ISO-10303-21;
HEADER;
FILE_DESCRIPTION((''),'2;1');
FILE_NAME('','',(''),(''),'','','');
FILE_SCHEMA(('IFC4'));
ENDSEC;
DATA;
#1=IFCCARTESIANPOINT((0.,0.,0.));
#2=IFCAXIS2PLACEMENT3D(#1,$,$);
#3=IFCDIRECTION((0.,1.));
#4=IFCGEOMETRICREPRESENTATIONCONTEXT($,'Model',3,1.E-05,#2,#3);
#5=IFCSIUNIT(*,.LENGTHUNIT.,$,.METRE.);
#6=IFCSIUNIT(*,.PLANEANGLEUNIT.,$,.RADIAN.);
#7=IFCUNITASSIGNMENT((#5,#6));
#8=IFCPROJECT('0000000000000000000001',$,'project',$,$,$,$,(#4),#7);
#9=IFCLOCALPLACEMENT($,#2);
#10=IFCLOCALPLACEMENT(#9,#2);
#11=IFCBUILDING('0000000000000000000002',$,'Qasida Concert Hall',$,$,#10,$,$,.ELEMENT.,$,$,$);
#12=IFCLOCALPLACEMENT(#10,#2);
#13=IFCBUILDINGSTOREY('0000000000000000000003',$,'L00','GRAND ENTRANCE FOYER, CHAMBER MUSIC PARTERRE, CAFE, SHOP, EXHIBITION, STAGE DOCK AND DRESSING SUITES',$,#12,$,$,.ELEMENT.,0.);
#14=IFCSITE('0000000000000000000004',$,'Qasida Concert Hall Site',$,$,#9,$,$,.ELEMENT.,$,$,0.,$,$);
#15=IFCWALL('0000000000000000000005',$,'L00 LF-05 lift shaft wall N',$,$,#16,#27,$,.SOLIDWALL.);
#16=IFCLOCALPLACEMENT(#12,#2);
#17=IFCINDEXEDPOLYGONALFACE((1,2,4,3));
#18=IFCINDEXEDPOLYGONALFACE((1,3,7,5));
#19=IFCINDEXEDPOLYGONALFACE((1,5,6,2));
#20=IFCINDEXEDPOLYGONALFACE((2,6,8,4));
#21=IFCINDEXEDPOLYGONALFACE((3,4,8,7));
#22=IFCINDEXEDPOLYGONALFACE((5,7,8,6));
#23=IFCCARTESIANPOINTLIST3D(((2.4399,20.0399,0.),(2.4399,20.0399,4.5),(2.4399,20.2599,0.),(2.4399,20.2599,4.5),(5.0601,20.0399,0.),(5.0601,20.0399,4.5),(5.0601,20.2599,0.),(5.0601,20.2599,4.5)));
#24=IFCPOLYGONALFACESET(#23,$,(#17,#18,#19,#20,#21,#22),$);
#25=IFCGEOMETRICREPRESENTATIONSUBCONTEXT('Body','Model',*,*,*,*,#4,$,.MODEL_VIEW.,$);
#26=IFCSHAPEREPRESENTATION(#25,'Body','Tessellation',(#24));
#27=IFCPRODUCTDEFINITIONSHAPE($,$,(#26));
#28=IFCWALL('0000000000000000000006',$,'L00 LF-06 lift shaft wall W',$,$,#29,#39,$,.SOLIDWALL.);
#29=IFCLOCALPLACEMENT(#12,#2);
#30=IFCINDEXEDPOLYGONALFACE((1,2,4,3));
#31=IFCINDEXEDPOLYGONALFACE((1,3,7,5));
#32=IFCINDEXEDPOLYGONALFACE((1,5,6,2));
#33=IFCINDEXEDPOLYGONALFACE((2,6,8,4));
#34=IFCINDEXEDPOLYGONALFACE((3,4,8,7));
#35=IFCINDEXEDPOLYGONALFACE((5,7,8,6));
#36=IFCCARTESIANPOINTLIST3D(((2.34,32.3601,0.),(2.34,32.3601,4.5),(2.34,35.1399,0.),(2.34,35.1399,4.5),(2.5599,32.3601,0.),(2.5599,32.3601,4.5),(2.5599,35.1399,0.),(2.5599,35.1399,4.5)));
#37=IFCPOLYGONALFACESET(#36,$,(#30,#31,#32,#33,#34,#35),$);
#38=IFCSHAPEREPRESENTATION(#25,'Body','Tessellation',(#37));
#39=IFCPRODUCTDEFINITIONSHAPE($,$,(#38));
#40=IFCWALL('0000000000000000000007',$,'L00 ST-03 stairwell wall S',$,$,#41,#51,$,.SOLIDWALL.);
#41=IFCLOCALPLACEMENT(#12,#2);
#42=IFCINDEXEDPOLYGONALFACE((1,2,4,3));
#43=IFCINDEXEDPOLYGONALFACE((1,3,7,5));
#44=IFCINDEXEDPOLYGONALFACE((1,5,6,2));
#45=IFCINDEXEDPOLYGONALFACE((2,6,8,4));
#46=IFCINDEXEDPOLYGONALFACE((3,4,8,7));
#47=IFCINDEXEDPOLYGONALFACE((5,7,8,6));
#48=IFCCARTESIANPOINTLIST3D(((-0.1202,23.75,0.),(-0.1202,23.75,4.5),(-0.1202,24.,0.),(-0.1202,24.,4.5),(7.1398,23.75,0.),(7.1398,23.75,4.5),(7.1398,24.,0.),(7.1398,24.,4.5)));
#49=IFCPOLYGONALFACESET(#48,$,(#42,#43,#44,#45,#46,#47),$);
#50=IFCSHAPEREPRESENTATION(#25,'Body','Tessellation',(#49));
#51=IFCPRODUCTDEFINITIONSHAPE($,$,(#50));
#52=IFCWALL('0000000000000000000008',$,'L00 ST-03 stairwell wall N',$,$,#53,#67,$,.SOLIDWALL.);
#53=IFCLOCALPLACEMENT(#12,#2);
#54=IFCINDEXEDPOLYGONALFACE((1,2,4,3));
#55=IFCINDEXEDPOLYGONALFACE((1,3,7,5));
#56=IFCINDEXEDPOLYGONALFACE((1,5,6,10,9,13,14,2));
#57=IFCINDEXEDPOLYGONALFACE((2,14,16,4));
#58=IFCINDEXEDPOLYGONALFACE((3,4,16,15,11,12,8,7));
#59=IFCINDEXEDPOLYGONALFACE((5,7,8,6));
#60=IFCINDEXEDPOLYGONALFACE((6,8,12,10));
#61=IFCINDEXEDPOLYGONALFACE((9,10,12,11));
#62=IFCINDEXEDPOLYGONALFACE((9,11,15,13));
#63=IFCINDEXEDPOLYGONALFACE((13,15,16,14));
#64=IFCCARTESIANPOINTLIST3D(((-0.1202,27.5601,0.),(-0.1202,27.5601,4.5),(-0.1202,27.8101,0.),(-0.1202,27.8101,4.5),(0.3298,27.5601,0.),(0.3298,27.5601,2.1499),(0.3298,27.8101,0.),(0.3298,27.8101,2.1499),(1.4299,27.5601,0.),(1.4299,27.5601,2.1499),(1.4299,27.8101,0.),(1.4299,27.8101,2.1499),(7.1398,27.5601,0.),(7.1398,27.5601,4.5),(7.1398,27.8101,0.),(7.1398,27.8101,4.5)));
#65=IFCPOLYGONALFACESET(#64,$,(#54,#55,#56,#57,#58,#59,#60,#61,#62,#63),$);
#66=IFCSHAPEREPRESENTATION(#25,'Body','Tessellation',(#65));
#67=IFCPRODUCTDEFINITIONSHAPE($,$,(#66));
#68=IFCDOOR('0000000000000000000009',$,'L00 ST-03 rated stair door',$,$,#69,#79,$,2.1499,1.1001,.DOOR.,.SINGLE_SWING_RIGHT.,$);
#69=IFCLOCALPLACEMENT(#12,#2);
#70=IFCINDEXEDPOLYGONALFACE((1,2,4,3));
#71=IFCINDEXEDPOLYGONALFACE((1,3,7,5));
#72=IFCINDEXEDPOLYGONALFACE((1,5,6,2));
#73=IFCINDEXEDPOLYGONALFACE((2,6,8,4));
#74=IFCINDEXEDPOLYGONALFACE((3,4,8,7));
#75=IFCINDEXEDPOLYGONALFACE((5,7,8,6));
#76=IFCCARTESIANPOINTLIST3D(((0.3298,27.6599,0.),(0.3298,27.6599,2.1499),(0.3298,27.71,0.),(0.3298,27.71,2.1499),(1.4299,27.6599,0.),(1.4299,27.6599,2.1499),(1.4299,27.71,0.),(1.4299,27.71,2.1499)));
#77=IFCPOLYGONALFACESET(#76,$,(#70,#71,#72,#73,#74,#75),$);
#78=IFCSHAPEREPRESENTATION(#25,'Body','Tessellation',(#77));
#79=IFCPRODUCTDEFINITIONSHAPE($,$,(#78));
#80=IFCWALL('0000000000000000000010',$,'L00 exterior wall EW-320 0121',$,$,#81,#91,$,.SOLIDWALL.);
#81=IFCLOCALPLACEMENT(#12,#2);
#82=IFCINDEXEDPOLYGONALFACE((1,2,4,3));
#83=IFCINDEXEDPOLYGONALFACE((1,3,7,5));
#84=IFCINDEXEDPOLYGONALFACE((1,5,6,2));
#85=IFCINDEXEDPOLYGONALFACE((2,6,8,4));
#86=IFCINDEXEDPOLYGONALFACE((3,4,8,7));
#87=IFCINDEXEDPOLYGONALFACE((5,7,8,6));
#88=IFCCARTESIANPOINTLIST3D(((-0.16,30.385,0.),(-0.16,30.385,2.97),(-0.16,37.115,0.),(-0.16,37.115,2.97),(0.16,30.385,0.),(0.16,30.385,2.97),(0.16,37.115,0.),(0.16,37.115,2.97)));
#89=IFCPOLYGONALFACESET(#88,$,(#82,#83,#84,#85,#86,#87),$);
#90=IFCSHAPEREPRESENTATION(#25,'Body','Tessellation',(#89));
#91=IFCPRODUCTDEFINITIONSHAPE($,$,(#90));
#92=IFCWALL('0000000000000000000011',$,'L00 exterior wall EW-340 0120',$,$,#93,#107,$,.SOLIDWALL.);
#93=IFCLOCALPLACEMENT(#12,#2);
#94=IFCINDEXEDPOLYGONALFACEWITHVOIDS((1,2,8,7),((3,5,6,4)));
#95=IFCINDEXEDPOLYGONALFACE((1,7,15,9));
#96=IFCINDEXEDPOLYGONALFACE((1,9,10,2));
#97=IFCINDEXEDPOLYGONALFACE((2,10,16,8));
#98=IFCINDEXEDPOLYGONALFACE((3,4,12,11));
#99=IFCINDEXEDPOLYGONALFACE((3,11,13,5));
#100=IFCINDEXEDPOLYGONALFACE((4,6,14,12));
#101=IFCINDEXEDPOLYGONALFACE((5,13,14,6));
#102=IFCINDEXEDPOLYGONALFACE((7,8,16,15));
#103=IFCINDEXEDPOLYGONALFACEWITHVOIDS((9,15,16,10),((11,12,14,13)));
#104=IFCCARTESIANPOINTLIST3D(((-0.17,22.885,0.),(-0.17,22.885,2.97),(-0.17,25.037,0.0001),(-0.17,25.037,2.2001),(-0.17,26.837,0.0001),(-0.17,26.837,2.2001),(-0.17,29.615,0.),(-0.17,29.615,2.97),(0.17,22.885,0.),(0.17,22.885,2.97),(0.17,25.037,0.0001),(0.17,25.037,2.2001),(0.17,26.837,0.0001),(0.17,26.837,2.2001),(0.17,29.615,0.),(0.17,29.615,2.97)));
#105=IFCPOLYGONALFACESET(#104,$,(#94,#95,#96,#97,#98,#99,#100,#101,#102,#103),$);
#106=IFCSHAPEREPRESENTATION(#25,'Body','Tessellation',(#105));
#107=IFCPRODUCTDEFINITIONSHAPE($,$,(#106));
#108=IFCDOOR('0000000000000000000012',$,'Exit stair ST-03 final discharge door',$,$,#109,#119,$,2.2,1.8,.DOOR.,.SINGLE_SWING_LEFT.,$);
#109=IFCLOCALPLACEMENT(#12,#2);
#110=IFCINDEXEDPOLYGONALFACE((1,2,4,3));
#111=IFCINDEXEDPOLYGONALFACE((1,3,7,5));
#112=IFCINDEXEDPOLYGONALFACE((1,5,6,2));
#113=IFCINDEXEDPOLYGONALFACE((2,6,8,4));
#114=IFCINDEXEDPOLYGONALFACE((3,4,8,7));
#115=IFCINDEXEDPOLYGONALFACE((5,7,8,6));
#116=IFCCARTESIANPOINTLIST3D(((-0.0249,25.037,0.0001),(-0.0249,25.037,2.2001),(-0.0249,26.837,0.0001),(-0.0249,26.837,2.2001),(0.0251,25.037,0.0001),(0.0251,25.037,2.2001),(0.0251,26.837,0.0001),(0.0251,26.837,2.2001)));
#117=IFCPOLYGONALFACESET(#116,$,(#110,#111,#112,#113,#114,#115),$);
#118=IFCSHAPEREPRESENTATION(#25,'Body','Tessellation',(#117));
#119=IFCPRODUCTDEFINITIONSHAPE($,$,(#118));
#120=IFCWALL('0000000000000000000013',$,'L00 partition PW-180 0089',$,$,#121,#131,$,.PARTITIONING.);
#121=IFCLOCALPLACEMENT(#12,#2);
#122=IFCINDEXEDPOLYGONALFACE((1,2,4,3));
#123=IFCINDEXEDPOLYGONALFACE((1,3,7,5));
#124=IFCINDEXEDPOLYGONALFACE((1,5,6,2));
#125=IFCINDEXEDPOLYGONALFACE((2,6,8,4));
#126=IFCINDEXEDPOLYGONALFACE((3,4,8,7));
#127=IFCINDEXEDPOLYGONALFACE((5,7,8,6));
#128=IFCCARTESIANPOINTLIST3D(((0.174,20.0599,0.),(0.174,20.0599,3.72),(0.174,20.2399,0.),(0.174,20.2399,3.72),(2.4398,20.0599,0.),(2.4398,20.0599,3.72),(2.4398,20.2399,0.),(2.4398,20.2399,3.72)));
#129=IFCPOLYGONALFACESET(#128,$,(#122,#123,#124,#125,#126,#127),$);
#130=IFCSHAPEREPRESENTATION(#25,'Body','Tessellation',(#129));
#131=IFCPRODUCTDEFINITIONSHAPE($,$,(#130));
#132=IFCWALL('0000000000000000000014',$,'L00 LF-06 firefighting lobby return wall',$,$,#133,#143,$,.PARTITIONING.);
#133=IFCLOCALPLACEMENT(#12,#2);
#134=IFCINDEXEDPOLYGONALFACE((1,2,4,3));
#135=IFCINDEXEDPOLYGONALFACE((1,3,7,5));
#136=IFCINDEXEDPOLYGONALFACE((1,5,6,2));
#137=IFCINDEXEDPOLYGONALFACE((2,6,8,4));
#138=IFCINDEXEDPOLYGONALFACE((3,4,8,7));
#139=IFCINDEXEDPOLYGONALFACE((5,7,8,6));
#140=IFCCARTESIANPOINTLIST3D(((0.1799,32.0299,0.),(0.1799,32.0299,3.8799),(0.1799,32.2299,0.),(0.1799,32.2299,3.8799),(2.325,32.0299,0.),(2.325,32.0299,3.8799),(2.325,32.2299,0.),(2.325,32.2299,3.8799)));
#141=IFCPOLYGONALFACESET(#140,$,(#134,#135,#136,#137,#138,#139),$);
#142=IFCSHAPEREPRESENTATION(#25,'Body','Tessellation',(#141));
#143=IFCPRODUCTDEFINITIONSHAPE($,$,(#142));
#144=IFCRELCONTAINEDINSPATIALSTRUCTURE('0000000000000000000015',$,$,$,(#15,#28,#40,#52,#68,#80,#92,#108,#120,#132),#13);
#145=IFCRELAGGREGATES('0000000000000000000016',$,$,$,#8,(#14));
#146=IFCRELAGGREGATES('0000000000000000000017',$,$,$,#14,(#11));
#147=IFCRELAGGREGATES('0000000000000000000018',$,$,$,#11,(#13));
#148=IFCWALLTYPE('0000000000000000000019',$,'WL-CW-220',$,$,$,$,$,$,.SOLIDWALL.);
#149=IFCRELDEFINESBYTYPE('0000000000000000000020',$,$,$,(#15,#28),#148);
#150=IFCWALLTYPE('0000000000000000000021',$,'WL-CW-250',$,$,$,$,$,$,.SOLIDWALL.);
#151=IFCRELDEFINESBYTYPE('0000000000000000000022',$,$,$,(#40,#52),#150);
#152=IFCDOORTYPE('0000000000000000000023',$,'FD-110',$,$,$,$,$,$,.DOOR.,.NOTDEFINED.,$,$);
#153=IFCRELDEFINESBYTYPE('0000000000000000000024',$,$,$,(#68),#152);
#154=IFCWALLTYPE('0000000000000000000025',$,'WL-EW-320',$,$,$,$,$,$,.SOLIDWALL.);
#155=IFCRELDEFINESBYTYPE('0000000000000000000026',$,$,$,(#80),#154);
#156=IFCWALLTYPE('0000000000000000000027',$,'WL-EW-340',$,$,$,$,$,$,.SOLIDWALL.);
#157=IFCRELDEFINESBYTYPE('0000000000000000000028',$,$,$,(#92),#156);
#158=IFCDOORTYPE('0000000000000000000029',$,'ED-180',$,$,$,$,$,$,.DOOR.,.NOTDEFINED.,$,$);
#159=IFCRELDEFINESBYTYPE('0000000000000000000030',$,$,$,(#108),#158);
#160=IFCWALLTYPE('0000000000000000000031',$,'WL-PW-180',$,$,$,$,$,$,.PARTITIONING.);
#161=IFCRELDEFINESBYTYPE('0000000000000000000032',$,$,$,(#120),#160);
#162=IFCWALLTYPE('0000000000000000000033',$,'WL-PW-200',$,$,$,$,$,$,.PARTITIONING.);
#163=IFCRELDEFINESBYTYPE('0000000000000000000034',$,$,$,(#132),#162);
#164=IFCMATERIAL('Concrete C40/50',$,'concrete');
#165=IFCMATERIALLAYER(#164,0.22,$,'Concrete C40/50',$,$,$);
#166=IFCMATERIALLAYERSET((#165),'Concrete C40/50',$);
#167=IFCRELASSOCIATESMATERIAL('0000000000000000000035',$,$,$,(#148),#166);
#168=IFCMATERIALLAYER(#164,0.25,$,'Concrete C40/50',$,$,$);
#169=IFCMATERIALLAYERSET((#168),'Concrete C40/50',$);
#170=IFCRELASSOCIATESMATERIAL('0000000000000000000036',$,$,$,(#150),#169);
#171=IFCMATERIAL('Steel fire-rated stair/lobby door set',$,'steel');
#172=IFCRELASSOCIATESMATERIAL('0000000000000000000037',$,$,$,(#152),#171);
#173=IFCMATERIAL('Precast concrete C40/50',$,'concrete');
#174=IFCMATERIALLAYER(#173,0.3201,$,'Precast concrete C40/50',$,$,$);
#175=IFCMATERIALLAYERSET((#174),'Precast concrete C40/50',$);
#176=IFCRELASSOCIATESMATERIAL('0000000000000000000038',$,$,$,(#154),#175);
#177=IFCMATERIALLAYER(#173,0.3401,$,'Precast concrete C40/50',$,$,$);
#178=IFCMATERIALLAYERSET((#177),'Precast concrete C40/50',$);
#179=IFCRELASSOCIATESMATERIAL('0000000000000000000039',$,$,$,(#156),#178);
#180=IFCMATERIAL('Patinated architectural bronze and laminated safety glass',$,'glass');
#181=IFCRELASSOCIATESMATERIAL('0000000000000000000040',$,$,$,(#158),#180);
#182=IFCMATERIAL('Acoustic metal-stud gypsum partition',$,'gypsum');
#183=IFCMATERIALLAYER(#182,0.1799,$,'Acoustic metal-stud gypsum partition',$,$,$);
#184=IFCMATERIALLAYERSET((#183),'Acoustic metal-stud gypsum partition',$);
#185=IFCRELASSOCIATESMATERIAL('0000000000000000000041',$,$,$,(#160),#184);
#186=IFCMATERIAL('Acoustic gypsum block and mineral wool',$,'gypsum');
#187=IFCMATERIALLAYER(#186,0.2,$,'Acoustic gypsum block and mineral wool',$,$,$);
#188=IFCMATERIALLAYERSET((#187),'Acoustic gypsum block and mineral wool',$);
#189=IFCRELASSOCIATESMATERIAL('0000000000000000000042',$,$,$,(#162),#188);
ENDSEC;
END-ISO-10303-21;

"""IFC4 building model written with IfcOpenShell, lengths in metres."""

from ifc_helpers import new_model, si_unit, direction, frame, frame_2d, origin, place, context, subcontext, project, spatial, rectangle, extrude, material, layer, layer_set, type_object, element, fill, save


model = new_model("IFC4")

# Units and contexts
model_context = context("Model", 3, precision=1e-05, world=origin(), true_north=direction((0.0, 1.0)))
body_context = subcontext(model_context, "Body", "Model", "MODEL_VIEW")
ifc_project = project(units=[si_unit("LENGTHUNIT", "METRE"), si_unit("PLANEANGLEUNIT", "RADIAN")], contexts=[model_context])

# Site, building, storey
site_placement = place(None, origin())
site = spatial("IfcSite", under=ifc_project, at=site_placement, Name="Qasida Concert Hall Site", CompositionType="ELEMENT", RefElevation=0.0)
building_placement = place(site_placement, origin())
building = spatial("IfcBuilding", under=site, at=building_placement, Name="Qasida Concert Hall", CompositionType="ELEMENT")
storey_placement = place(building_placement, origin())
storey = spatial("IfcBuildingStorey", under=building, at=storey_placement, Name="L00", Description="GRAND ENTRANCE FOYER, CHAMBER MUSIC PARTERRE, CAFE, SHOP, EXHIBITION, STAGE DOCK AND DRESSING SUITES", CompositionType="ELEMENT", Elevation=0.0)

# Shared definitions
ifc_material_1 = material(Name="Concrete C40/50", Category="concrete")

# Wall
ifc_layer_1 = layer(ifc_material_1, 0.22, Name="Concrete C40/50")
ifc_layer_set_1 = layer_set([ifc_layer_1], Name="Concrete C40/50")
wall_type_1 = type_object("IfcWallType", Name="WL-CW-220", PredefinedType="SOLIDWALL", material=ifc_layer_set_1)
wall_1_placement = place(storey_placement, frame((2.4399, 20.1499, 0.0), z_axis=(0.0, 0.0, 1.0), x_axis=(1.0, 0.0, 0.0)))
element("IfcWall", 1, at=wall_1_placement, inside=storey, type_object=wall_type_1, Name="L00 LF-05 lift shaft wall N", PredefinedType="SOLIDWALL", context=body_context, shape_type="SweptSolid", body=[
    extrude(rectangle(XDim=2.6201, YDim=0.22, at=frame_2d((1.3101, 0.0))), origin(), (0.0, 0.0, 1.0), 4.5),
])

# Walls
wall_2_placement = place(storey_placement, frame((2.45, 32.3601, 0.0), z_axis=(0.0, 0.0, 1.0), x_axis=(0.0, 1.0, 0.0)))
element("IfcWall", 2, at=wall_2_placement, inside=storey, type_object=wall_type_1, Name="L00 LF-06 lift shaft wall W", PredefinedType="SOLIDWALL", context=body_context, shape_type="SweptSolid", body=[
    extrude(rectangle(XDim=2.7798, YDim=0.22, at=frame_2d((1.3899, 0.0))), origin(), (0.0, 0.0, 1.0), 4.5),
])
ifc_layer_2 = layer(ifc_material_1, 0.25, Name="Concrete C40/50")
ifc_layer_set_2 = layer_set([ifc_layer_2], Name="Concrete C40/50")
wall_type_2 = type_object("IfcWallType", Name="WL-CW-250", PredefinedType="SOLIDWALL", material=ifc_layer_set_2)
wall_3_placement = place(storey_placement, frame((-0.1201, 23.875, 0.0), z_axis=(0.0, 0.0, 1.0), x_axis=(1.0, 0.0, 0.0)))
element("IfcWall", 3, at=wall_3_placement, inside=storey, type_object=wall_type_2, Name="L00 ST-03 stairwell wall S", PredefinedType="SOLIDWALL", context=body_context, shape_type="SweptSolid", body=[
    extrude(rectangle(XDim=7.26, YDim=0.25, at=frame_2d((3.6299, 0.0))), origin(), (0.0, 0.0, 1.0), 4.5),
])

# Wall, opening, door
wall_4_placement = place(storey_placement, frame((-0.1201, 27.6851, 0.0), z_axis=(0.0, 0.0, 1.0), x_axis=(1.0, 0.0, 0.0)))
wall_4 = element("IfcWall", 4, at=wall_4_placement, inside=storey, type_object=wall_type_2, Name="L00 ST-03 stairwell wall N", PredefinedType="SOLIDWALL", context=body_context, shape_type="SweptSolid", body=[
    extrude(rectangle(XDim=7.26, YDim=0.25, at=frame_2d((3.6299, 0.0))), origin(), (0.0, 0.0, 1.0), 4.5),
])
opening_1_placement = place(wall_4_placement, frame((0.45, 0.0, 0.0)))
opening_1 = element("IfcOpeningElement", 5, at=opening_1_placement, cuts=wall_4, PredefinedType="OPENING", context=body_context, shape_type="SweptSolid", body=[
    extrude(rectangle(XDim=1.1001, YDim=2.1499, at=frame_2d((0.55, 1.075))), frame((0.0, 0.135, 0.0), z_axis=(0.0, -1.0, 0.0), x_axis=(1.0, 0.0, 0.0)), (0.0, 0.0, 1.0), 0.27),
])
ifc_material_2 = material(Name="Steel fire-rated stair/lobby door set", Category="steel")
door_type_1 = type_object("IfcDoorType", Name="FD-110", OperationType="NOTDEFINED", PredefinedType="DOOR", material=ifc_material_2)
door_1_placement = place(opening_1_placement, origin())
door_1 = element("IfcDoor", 6, at=door_1_placement, inside=storey, type_object=door_type_1, Name="L00 ST-03 rated stair door", OperationType="SINGLE_SWING_RIGHT", OverallHeight=2.1499, OverallWidth=1.1001, PredefinedType="DOOR", context=body_context, shape_type="SweptSolid", body=[
    extrude(rectangle(XDim=1.1001, YDim=2.1499, at=frame_2d((0.55, 1.075))), frame((0.0, 0.0249, 0.0), z_axis=(0.0, -1.0, 0.0), x_axis=(1.0, 0.0, 0.0)), (0.0, 0.0, 1.0), 0.05),
])
fill(opening_1, door_1)

# Wall
ifc_material_3 = material(Name="Precast concrete C40/50", Category="concrete")
ifc_layer_3 = layer(ifc_material_3, 0.3201, Name="Precast concrete C40/50")
ifc_layer_set_3 = layer_set([ifc_layer_3], Name="Precast concrete C40/50")
wall_type_3 = type_object("IfcWallType", Name="WL-EW-320", PredefinedType="SOLIDWALL", material=ifc_layer_set_3)
wall_5_placement = place(storey_placement, frame((0.0, 30.385, 0.0), z_axis=(0.0, 0.0, 1.0), x_axis=(0.0, 1.0, 0.0)))
element("IfcWall", 7, at=wall_5_placement, inside=storey, type_object=wall_type_3, Name="L00 exterior wall EW-320 0121", PredefinedType="SOLIDWALL", context=body_context, shape_type="SweptSolid", body=[
    extrude(rectangle(XDim=6.73, YDim=0.3201, at=frame_2d((3.365, 0.0))), origin(), (0.0, 0.0, 1.0), 2.97),
])

# Wall, opening, door
ifc_layer_4 = layer(ifc_material_3, 0.3401, Name="Precast concrete C40/50")
ifc_layer_set_4 = layer_set([ifc_layer_4], Name="Precast concrete C40/50")
wall_type_4 = type_object("IfcWallType", Name="WL-EW-340", PredefinedType="SOLIDWALL", material=ifc_layer_set_4)
wall_6_placement = place(storey_placement, frame((0.0, 22.885, 0.0), z_axis=(0.0, 0.0, 1.0), x_axis=(0.0, 1.0, 0.0)))
wall_6 = element("IfcWall", 8, at=wall_6_placement, inside=storey, type_object=wall_type_4, Name="L00 exterior wall EW-340 0120", PredefinedType="SOLIDWALL", context=body_context, shape_type="SweptSolid", body=[
    extrude(rectangle(XDim=6.73, YDim=0.3401, at=frame_2d((3.365, 0.0))), origin(), (0.0, 0.0, 1.0), 2.97),
])
opening_2_placement = place(wall_6_placement, frame((2.1521, 0.0, 0.0)))
opening_2 = element("IfcOpeningElement", 9, at=opening_2_placement, cuts=wall_6, PredefinedType="OPENING", context=body_context, shape_type="SweptSolid", body=[
    extrude(rectangle(XDim=1.8, YDim=2.2, at=frame_2d((0.8999, 1.1001))), frame((0.0, 0.1799, 0.0), z_axis=(0.0, -1.0, 0.0), x_axis=(1.0, 0.0, 0.0)), (0.0, 0.0, 1.0), 0.3601),
])
ifc_material_4 = material(Name="Patinated architectural bronze and laminated safety glass", Category="glass")
door_type_2 = type_object("IfcDoorType", Name="ED-180", OperationType="NOTDEFINED", PredefinedType="DOOR", material=ifc_material_4)
door_2_placement = place(opening_2_placement, origin())
door_2 = element("IfcDoor", 10, at=door_2_placement, inside=storey, type_object=door_type_2, Name="Exit stair ST-03 final discharge door", OperationType="SINGLE_SWING_LEFT", OverallHeight=2.2, OverallWidth=1.8, PredefinedType="DOOR", context=body_context, shape_type="SweptSolid", body=[
    extrude(rectangle(XDim=1.8, YDim=2.2, at=frame_2d((0.8999, 1.1001))), frame((0.0, 0.0249, 0.0), z_axis=(0.0, -1.0, 0.0), x_axis=(1.0, 0.0, 0.0)), (0.0, 0.0, 1.0), 0.05),
])
fill(opening_2, door_2)

# Walls
ifc_material_5 = material(Name="Acoustic metal-stud gypsum partition", Category="gypsum")
ifc_layer_5 = layer(ifc_material_5, 0.1799, Name="Acoustic metal-stud gypsum partition")
ifc_layer_set_5 = layer_set([ifc_layer_5], Name="Acoustic metal-stud gypsum partition")
wall_type_5 = type_object("IfcWallType", Name="WL-PW-180", PredefinedType="PARTITIONING", material=ifc_layer_set_5)
wall_7_placement = place(storey_placement, frame((0.1741, 20.1499, 0.0), z_axis=(0.0, 0.0, 1.0), x_axis=(1.0, 0.0, 0.0)))
element("IfcWall", 11, at=wall_7_placement, inside=storey, type_object=wall_type_5, Name="L00 partition PW-180 0089", PredefinedType="PARTITIONING", context=body_context, shape_type="SweptSolid", body=[
    extrude(rectangle(XDim=2.2659, YDim=0.1799, at=frame_2d((1.1328, 0.0))), origin(), (0.0, 0.0, 1.0), 3.72),
])
ifc_material_6 = material(Name="Acoustic gypsum block and mineral wool", Category="gypsum")
ifc_layer_6 = layer(ifc_material_6, 0.2, Name="Acoustic gypsum block and mineral wool")
ifc_layer_set_6 = layer_set([ifc_layer_6], Name="Acoustic gypsum block and mineral wool")
wall_type_6 = type_object("IfcWallType", Name="WL-PW-200", PredefinedType="PARTITIONING", material=ifc_layer_set_6)
wall_8_placement = place(storey_placement, frame((0.1799, 32.1299, 0.0), z_axis=(0.0, 0.0, 1.0), x_axis=(1.0, 0.0, 0.0)))
element("IfcWall", 12, at=wall_8_placement, inside=storey, type_object=wall_type_6, Name="L00 LF-06 firefighting lobby return wall", PredefinedType="PARTITIONING", context=body_context, shape_type="SweptSolid", body=[
    extrude(rectangle(XDim=2.145, YDim=0.2, at=frame_2d((1.0725, 0.0))), origin(), (0.0, 0.0, 1.0), 3.8799),
])

save(model, "model.ifc")
